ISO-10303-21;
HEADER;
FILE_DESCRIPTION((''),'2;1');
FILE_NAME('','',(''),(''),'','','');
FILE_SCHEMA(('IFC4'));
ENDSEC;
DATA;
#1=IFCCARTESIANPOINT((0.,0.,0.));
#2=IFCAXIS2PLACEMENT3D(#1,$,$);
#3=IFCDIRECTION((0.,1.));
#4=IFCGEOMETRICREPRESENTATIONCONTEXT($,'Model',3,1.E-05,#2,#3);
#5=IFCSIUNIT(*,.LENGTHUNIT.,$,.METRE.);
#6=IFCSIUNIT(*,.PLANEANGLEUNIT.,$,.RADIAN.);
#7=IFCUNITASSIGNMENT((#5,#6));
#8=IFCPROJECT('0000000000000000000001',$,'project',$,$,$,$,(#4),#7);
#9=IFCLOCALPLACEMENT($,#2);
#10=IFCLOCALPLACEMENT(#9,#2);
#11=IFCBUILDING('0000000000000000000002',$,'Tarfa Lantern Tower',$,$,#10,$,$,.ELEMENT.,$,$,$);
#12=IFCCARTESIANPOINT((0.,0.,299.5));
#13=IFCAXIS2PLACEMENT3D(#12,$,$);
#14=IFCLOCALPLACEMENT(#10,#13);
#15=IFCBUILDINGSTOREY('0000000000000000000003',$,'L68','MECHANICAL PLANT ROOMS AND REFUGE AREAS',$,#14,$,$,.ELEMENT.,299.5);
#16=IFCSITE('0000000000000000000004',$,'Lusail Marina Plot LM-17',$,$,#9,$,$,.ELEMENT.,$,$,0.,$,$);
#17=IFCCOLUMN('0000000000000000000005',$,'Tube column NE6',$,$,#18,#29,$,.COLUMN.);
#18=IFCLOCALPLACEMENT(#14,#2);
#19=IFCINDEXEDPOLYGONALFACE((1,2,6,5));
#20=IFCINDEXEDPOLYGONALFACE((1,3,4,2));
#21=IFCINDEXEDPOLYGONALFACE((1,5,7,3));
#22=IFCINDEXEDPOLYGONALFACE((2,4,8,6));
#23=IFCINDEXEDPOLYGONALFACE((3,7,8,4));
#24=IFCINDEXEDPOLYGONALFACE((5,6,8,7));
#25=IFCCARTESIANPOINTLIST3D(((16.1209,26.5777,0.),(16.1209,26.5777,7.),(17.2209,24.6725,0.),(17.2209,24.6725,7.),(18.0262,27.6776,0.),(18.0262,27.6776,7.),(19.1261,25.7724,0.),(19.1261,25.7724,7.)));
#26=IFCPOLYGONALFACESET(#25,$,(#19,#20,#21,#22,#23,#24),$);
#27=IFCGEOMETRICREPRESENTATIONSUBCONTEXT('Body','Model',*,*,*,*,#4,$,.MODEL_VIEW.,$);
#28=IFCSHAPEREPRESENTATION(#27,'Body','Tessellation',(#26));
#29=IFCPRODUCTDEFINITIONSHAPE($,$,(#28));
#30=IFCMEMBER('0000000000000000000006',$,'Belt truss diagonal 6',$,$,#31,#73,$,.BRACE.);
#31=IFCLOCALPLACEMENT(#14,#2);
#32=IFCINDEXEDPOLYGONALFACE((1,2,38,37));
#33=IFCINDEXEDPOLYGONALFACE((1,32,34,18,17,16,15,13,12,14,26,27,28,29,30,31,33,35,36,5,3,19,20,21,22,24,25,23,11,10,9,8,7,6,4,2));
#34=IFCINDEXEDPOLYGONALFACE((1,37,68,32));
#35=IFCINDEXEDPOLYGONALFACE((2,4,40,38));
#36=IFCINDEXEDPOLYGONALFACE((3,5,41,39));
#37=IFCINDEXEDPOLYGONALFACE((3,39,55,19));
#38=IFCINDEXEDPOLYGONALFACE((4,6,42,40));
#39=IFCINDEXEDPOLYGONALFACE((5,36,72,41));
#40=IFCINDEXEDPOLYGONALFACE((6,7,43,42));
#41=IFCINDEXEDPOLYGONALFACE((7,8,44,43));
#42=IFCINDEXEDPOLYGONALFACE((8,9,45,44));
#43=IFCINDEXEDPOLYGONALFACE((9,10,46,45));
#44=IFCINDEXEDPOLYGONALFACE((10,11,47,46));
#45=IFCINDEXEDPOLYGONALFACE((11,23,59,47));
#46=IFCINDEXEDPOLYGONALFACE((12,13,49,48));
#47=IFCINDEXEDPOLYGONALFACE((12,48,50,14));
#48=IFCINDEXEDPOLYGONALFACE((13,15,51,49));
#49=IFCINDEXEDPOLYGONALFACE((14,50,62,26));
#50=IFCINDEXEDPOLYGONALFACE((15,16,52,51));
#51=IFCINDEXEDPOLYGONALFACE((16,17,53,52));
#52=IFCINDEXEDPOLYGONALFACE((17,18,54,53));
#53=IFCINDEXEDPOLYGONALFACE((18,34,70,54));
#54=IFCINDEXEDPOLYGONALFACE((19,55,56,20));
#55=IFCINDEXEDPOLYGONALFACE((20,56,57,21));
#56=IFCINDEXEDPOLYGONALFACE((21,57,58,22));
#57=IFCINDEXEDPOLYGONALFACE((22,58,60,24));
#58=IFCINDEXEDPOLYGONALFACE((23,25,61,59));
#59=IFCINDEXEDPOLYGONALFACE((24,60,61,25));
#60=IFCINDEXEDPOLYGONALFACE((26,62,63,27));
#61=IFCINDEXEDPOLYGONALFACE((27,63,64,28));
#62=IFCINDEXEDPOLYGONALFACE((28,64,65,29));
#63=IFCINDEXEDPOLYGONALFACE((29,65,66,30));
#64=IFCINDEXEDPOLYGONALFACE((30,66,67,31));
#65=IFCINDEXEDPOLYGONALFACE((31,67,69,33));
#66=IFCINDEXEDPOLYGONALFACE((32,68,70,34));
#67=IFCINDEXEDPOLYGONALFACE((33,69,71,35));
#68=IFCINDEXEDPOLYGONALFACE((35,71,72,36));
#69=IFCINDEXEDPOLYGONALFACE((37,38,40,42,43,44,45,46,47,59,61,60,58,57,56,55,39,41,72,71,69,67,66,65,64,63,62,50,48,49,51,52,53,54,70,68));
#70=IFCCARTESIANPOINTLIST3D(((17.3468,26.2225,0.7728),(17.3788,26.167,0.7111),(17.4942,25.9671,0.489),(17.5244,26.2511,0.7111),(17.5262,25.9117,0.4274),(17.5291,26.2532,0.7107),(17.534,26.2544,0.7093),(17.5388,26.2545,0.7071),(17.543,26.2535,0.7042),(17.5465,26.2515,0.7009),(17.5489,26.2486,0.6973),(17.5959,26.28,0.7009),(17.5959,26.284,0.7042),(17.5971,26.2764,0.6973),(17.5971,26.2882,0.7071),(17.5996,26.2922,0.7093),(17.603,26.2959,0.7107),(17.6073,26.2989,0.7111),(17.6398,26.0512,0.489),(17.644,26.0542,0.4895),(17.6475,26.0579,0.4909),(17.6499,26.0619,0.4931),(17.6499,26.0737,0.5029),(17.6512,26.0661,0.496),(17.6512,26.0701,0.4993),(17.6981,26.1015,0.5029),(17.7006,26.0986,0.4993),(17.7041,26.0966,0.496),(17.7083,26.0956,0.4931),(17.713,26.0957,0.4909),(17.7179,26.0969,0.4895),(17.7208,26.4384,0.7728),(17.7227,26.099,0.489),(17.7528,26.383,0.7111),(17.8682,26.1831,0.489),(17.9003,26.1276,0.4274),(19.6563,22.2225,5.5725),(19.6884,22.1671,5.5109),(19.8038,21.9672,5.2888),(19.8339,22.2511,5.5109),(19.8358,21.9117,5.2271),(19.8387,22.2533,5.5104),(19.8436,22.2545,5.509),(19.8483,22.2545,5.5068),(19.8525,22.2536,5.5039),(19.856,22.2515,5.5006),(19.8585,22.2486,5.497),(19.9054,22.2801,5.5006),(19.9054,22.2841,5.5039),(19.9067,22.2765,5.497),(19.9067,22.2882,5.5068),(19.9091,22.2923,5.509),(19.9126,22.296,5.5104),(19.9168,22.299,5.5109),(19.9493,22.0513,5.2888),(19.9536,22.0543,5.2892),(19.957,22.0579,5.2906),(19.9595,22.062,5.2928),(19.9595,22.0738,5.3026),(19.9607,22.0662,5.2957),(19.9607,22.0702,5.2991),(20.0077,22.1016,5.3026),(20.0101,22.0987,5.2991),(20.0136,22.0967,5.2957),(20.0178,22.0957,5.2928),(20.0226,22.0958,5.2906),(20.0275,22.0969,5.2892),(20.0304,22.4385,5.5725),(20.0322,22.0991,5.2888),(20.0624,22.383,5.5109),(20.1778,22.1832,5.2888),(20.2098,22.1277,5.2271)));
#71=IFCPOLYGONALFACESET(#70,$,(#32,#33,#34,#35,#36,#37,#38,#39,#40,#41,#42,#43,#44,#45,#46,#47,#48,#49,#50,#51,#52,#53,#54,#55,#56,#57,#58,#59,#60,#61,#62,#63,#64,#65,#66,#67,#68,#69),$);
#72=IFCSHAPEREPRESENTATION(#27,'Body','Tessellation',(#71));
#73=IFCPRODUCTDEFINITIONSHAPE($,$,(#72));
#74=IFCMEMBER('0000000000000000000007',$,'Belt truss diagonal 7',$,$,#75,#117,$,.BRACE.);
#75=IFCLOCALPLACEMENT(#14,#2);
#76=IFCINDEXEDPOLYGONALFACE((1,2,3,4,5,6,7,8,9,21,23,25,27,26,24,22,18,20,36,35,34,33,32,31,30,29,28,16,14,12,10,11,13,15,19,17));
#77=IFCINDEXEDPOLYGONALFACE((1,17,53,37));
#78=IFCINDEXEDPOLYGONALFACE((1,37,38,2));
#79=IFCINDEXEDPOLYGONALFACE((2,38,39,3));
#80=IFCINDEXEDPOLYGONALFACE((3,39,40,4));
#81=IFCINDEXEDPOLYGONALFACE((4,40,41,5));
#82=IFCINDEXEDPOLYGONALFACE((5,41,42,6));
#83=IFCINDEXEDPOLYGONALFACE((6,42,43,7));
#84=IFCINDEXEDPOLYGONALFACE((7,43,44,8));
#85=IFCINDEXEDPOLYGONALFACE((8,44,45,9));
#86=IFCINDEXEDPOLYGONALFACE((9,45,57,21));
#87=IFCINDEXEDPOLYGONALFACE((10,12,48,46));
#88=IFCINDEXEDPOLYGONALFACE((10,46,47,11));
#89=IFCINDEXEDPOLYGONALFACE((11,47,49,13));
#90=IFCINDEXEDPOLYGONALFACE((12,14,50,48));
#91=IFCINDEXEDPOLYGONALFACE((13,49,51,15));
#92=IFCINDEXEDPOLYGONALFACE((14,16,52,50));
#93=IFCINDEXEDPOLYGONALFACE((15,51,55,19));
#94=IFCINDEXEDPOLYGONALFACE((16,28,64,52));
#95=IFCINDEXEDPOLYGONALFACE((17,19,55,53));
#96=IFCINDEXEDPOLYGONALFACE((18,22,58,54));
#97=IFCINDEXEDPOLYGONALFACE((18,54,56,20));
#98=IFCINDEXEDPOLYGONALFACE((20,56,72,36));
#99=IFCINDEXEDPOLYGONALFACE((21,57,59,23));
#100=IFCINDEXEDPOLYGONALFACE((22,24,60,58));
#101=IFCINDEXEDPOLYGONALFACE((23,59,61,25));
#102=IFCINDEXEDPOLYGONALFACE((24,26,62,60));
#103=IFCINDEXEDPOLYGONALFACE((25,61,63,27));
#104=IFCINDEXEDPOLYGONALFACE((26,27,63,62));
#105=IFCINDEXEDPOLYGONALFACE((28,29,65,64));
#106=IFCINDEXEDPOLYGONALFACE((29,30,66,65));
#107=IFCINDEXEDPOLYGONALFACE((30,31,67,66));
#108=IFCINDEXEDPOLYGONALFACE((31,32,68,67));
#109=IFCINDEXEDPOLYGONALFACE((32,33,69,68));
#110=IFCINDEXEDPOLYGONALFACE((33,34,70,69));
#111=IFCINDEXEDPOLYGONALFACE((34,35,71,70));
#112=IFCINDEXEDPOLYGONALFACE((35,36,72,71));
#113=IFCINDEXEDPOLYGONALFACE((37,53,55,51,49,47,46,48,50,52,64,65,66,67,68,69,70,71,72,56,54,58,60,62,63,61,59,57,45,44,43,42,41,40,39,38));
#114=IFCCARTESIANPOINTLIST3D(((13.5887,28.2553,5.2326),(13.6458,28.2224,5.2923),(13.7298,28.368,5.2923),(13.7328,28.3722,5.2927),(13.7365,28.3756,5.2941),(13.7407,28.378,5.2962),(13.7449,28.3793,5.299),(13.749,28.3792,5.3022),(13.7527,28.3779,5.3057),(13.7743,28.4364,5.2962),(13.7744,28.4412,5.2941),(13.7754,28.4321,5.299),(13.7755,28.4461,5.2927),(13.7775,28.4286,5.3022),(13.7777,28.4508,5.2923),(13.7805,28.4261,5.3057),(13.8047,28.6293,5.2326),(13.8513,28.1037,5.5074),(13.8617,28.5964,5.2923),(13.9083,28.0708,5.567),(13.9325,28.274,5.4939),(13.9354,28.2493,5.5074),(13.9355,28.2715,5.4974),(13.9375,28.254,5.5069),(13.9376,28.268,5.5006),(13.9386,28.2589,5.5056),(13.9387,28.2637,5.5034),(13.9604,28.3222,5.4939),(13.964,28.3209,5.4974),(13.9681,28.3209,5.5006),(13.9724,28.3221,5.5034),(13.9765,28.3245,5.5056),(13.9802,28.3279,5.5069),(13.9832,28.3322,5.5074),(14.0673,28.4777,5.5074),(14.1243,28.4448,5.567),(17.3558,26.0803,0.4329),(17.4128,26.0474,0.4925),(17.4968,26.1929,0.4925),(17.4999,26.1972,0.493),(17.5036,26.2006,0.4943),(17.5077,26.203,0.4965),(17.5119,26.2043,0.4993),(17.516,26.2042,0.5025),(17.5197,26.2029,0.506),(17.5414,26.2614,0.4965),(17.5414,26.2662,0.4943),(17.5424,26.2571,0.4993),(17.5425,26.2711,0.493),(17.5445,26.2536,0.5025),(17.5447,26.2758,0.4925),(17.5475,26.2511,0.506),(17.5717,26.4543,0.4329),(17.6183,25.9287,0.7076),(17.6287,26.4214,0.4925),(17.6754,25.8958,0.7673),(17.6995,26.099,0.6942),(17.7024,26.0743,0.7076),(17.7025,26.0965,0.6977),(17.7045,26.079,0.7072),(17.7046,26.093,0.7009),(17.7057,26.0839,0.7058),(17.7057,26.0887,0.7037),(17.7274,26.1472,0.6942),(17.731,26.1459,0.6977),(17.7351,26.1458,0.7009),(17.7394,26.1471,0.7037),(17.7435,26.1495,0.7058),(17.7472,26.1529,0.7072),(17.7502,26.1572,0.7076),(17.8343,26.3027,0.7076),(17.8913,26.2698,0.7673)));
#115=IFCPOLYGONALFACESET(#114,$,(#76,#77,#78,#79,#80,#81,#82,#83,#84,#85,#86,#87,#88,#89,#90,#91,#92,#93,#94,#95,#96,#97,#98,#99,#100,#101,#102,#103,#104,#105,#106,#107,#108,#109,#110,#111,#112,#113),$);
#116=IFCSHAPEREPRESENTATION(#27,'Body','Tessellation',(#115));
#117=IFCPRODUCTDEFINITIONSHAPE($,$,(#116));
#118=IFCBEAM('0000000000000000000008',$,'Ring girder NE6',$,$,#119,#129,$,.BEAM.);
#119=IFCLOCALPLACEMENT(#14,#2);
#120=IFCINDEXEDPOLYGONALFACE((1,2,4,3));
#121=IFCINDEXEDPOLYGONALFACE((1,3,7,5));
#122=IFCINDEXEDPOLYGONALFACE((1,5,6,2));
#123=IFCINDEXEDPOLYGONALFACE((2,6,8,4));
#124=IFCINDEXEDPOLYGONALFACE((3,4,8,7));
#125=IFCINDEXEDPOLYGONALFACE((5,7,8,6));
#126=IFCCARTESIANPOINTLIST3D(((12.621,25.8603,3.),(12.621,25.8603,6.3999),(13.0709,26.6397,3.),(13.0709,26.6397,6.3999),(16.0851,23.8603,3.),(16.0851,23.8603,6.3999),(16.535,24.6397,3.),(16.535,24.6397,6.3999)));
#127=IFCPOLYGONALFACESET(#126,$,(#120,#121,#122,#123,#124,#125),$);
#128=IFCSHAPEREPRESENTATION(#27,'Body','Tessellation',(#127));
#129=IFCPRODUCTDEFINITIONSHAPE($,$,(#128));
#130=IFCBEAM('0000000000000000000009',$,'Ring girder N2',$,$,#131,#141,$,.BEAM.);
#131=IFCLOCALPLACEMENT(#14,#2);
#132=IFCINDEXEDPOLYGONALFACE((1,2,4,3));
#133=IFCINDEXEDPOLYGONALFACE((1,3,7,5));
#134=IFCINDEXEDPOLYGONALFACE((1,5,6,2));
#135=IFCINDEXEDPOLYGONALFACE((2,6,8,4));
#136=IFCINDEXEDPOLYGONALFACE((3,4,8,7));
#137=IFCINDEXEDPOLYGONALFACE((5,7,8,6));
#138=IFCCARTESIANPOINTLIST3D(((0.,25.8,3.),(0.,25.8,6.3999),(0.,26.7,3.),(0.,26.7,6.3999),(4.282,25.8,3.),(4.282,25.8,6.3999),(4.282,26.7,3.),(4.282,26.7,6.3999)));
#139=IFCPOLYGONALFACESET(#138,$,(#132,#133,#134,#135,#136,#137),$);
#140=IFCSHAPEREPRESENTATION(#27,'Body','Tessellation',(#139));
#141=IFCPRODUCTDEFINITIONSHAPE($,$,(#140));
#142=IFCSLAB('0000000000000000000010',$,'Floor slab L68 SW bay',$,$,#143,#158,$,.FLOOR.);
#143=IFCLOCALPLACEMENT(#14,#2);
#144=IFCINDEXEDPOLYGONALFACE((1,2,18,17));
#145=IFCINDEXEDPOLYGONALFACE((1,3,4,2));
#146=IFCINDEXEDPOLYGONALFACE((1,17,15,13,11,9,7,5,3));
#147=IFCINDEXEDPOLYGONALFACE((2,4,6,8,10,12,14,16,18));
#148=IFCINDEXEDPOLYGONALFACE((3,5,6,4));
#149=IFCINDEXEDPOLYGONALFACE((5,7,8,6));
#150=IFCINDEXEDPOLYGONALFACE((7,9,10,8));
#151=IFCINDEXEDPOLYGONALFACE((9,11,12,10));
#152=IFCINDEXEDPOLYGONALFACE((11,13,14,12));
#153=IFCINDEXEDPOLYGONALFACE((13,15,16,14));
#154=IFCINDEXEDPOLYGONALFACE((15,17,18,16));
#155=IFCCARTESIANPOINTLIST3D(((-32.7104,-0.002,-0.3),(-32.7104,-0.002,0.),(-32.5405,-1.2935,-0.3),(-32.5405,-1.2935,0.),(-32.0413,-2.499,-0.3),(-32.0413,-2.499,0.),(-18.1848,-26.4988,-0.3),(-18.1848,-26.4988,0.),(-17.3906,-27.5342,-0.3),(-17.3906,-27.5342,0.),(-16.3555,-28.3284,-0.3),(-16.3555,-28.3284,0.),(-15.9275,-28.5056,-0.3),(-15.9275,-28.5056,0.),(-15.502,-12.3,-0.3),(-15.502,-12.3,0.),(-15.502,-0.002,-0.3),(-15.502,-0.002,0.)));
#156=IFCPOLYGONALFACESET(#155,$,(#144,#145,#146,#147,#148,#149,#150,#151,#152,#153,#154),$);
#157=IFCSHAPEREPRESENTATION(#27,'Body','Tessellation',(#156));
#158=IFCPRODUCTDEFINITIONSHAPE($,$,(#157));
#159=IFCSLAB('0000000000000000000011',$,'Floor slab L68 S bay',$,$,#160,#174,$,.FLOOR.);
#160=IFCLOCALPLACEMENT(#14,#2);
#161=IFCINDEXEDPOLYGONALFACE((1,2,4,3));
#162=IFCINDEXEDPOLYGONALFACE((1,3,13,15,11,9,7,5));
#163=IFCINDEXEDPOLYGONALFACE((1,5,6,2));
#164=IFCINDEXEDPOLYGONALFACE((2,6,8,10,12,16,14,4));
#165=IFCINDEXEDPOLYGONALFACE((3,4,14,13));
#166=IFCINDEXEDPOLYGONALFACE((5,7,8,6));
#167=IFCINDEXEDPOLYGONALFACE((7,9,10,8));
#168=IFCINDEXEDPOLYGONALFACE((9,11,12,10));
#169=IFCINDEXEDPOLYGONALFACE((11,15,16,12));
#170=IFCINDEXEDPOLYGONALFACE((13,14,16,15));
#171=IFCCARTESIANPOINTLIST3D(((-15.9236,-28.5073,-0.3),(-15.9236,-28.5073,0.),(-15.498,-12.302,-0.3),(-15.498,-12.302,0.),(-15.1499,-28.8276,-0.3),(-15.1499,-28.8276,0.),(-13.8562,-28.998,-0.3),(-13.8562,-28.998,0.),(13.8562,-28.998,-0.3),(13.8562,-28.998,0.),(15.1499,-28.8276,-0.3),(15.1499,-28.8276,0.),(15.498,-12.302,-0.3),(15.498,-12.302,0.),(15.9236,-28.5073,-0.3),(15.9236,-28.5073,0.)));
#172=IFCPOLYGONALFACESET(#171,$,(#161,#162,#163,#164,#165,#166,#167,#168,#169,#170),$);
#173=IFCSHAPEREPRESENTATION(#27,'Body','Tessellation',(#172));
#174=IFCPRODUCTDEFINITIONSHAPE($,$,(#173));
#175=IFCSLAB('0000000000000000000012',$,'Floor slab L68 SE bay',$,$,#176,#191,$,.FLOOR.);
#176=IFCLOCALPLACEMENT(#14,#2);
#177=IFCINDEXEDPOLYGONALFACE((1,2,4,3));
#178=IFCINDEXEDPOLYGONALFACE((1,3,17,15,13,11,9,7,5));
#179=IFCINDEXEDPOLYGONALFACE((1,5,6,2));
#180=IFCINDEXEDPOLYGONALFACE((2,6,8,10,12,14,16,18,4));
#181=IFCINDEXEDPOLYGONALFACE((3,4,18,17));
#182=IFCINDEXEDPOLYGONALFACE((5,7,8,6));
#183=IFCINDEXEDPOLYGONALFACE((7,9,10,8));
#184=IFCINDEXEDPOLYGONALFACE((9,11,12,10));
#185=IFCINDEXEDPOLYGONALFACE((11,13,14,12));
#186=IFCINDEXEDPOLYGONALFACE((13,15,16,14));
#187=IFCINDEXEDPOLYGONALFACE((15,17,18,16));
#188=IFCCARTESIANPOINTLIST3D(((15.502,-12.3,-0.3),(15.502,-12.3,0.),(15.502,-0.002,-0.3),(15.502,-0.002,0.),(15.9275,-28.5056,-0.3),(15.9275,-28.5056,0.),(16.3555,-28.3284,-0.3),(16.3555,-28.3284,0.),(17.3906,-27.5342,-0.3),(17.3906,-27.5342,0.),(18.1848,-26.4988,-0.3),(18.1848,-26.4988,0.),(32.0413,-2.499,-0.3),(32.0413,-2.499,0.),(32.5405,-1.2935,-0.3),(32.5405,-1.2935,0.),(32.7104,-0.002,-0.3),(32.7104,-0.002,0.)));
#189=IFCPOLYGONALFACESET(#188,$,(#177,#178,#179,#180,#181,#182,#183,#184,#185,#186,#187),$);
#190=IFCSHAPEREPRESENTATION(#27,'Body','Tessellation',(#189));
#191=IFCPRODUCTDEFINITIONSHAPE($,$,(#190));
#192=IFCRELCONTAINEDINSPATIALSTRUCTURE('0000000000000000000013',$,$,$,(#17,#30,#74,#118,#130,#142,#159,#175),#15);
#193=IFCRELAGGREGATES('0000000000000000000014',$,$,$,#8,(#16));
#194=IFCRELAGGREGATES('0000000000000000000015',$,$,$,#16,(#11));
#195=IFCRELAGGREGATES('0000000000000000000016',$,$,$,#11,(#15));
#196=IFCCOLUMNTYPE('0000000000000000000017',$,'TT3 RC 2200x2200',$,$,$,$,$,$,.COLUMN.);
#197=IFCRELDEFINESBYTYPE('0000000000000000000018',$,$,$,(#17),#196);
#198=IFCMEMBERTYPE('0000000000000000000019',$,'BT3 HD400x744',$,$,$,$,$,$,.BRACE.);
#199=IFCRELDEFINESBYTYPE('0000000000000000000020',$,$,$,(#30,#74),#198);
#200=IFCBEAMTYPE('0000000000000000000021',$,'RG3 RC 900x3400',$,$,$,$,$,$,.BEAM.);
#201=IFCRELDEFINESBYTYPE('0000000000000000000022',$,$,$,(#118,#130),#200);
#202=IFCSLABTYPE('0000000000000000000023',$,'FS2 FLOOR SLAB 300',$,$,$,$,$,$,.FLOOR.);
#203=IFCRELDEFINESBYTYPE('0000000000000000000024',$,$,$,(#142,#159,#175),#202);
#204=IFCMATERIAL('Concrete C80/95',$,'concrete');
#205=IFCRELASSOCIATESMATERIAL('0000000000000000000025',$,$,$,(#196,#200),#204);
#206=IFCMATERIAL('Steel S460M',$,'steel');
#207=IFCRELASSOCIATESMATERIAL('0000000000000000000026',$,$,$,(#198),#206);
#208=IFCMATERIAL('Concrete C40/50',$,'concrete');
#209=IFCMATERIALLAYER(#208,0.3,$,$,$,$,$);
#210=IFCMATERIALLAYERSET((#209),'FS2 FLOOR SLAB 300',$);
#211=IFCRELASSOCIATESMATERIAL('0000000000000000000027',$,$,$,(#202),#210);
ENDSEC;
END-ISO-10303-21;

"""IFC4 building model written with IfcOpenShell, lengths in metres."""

from ifc_helpers import new_model, si_unit, direction, frame, origin, origin_2d, place, context, subcontext, project, spatial, polyline, rectangle, i_section, outline, extrude, material, layer, layer_set, material_profile, profile_set, type_object, element, save


model = new_model("IFC4")

# Units and contexts
model_context = context("Model", 3, precision=1e-05, world=origin(), true_north=direction((0.0, 1.0)))
body_context = subcontext(model_context, "Body", "Model", "MODEL_VIEW")
ifc_project = project(units=[si_unit("LENGTHUNIT", "METRE"), si_unit("PLANEANGLEUNIT", "RADIAN")], contexts=[model_context])

# Site, building, storey
site_placement = place(None, origin())
site = spatial("IfcSite", under=ifc_project, at=site_placement, Name="Lusail Marina Plot LM-17", CompositionType="ELEMENT", RefElevation=0.0)
building_placement = place(site_placement, origin())
building = spatial("IfcBuilding", under=site, at=building_placement, Name="Tarfa Lantern Tower", CompositionType="ELEMENT")
storey_placement = place(building_placement, frame((0.0, 0.0, 299.5)))
storey = spatial("IfcBuildingStorey", under=building, at=storey_placement, Name="L68", Description="MECHANICAL PLANT ROOMS AND REFUGE AREAS", CompositionType="ELEMENT", Elevation=299.5)

# Column
ifc_material_1 = material(Name="Concrete C80/95", Category="concrete")
ifc_material_profile_1 = material_profile(ifc_material_1, rectangle(XDim=2.2, YDim=2.2, at=origin_2d()), Name="RC 2200x2200")
ifc_profile_set_1 = profile_set([ifc_material_profile_1], Name="Concrete C80/95")
column_type = type_object("IfcColumnType", Name="TT3 RC 2200x2200", PredefinedType="COLUMN", material=ifc_profile_set_1)
column_placement = place(storey_placement, frame((17.6235, 26.175, 0.0), z_axis=(0.0, 0.0, 1.0), x_axis=(-0.5, 0.866025, 0.0)))
element("IfcColumn", 1, at=column_placement, inside=storey, type_object=column_type, Name="Tube column NE6", PredefinedType="COLUMN", context=body_context, shape_type="SweptSolid", body=[
    extrude(rectangle(XDim=2.2, YDim=2.2, at=origin_2d()), origin(), (0.0, 0.0, 1.0), 7.0),
])

# Members
ifc_material_2 = material(Name="Steel S460M", Category="steel")
ifc_material_profile_2 = material_profile(ifc_material_2, i_section(OverallWidth=0.4319, OverallDepth=0.498, WebThickness=0.0557, FlangeThickness=0.0889, FilletRadius=0.02, at=origin_2d()), Name="HD400x744")
ifc_profile_set_2 = profile_set([ifc_material_profile_2], Name="Steel S460M")
member_type = type_object("IfcMemberType", Name="BT3 HD400x744", PredefinedType="BRACE", material=ifc_profile_set_2)
member_1_placement = place(storey_placement, frame((17.6235, 26.175, 0.6001), z_axis=(0.346717, -0.600488, 0.720556), x_axis=(0.86601, 0.500027, 0.0)))
element("IfcMember", 2, at=member_1_placement, inside=storey, type_object=member_type, Name="Belt truss diagonal 6", PredefinedType="BRACE", context=body_context, shape_type="SweptSolid", body=[
    extrude(i_section(OverallWidth=0.4319, OverallDepth=0.498, WebThickness=0.0557, FlangeThickness=0.0889, FilletRadius=0.02, at=origin_2d()), origin(), (0.0, 0.0, 1.0), 6.6611),
])
member_2_placement = place(storey_placement, frame((17.6235, 26.175, 0.6001), z_axis=(-0.581552, 0.335778, 0.74098), x_axis=(-0.50002, -0.866014, 0.0)))
element("IfcMember", 3, at=member_2_placement, inside=storey, type_object=member_type, Name="Belt truss diagonal 7", PredefinedType="BRACE", context=body_context, shape_type="SweptSolid", body=[
    extrude(i_section(OverallWidth=0.4319, OverallDepth=0.498, WebThickness=0.0557, FlangeThickness=0.0889, FilletRadius=0.02, at=origin_2d()), origin(), (0.0, 0.0, 1.0), 6.4775),
])

# Beams
ifc_material_profile_3 = material_profile(ifc_material_1, rectangle(XDim=0.8999, YDim=3.3999, at=origin_2d()), Name="RC 900x3400")
ifc_profile_set_3 = profile_set([ifc_material_profile_3], Name="Concrete C80/95")
beam_type = type_object("IfcBeamType", Name="RG3 RC 900x3400", PredefinedType="BEAM", material=ifc_profile_set_3)
beam_1_placement = place(storey_placement, frame((16.3101, 24.25, 4.7), z_axis=(-0.866026, 0.499999, 0.0), x_axis=(-0.499999, -0.866026, 0.0)))
element("IfcBeam", 4, at=beam_1_placement, inside=storey, type_object=beam_type, Name="Ring girder NE6", PredefinedType="BEAM", context=body_context, shape_type="SweptSolid", body=[
    extrude(rectangle(XDim=0.8999, YDim=3.3999, at=origin_2d()), origin(), (0.0, 0.0, 1.0), 4.0),
])
beam_2_placement = place(storey_placement, frame((4.282, 26.25, 4.7), z_axis=(-1.0, 0.0, 0.0), x_axis=(0.0, -1.0, 0.0)))
element("IfcBeam", 5, at=beam_2_placement, inside=storey, type_object=beam_type, Name="Ring girder N2", PredefinedType="BEAM", context=body_context, shape_type="SweptSolid", body=[
    extrude(rectangle(XDim=0.8999, YDim=3.3999, at=origin_2d()), origin(), (0.0, 0.0, 1.0), 4.282),
])

# Slabs
ifc_material_3 = material(Name="Concrete C40/50", Category="concrete")
ifc_layer_1 = layer(ifc_material_3, 0.3)
ifc_layer_set_1 = layer_set([ifc_layer_1], Name="FS2 FLOOR SLAB 300")
slab_type_1 = type_object("IfcSlabType", Name="FS2 FLOOR SLAB 300", PredefinedType="FLOOR", material=ifc_layer_set_1)
slab_1_placement = place(storey_placement, frame((0.0, 0.0, -0.3)))
element("IfcSlab", 6, at=slab_1_placement, inside=storey, type_object=slab_type_1, Name="Floor slab L68 SW bay", PredefinedType="FLOOR", context=body_context, shape_type="SweptSolid", body=[
    extrude(outline(polyline([(-15.502, -12.3), (-15.502, -0.002), (-32.7104, -0.002), (-32.5405, -1.2935), (-32.0413, -2.499), (-18.1848, -26.4988), (-17.3906, -27.5342), (-16.3555, -28.3284), (-15.9275, -28.5056), (-15.502, -12.3)])), origin(), (0.0, 0.0, 1.0), 0.3),
])
slab_2_placement = place(storey_placement, frame((0.0, 0.0, -0.3)))
element("IfcSlab", 7, at=slab_2_placement, inside=storey, type_object=slab_type_1, Name="Floor slab L68 S bay", PredefinedType="FLOOR", context=body_context, shape_type="SweptSolid", body=[
    extrude(outline(polyline([(15.498, -12.302), (-15.498, -12.302), (-15.9236, -28.5073), (-15.1499, -28.8276), (-13.8562, -28.998), (13.8562, -28.998), (15.1499, -28.8276), (15.9236, -28.5073), (15.498, -12.302)])), origin(), (0.0, 0.0, 1.0), 0.3),
])
slab_3_placement = place(storey_placement, frame((0.0, 0.0, -0.3)))
element("IfcSlab", 8, at=slab_3_placement, inside=storey, type_object=slab_type_1, Name="Floor slab L68 SE bay", PredefinedType="FLOOR", context=body_context, shape_type="SweptSolid", body=[
    extrude(outline(polyline([(15.502, -0.002), (15.502, -12.3), (15.9275, -28.5056), (16.3555, -28.3284), (17.3906, -27.5342), (18.1848, -26.4988), (32.0413, -2.499), (32.5405, -1.2935), (32.7104, -0.002), (15.502, -0.002)])), origin(), (0.0, 0.0, 1.0), 0.3),
])

save(model, "model.ifc")
